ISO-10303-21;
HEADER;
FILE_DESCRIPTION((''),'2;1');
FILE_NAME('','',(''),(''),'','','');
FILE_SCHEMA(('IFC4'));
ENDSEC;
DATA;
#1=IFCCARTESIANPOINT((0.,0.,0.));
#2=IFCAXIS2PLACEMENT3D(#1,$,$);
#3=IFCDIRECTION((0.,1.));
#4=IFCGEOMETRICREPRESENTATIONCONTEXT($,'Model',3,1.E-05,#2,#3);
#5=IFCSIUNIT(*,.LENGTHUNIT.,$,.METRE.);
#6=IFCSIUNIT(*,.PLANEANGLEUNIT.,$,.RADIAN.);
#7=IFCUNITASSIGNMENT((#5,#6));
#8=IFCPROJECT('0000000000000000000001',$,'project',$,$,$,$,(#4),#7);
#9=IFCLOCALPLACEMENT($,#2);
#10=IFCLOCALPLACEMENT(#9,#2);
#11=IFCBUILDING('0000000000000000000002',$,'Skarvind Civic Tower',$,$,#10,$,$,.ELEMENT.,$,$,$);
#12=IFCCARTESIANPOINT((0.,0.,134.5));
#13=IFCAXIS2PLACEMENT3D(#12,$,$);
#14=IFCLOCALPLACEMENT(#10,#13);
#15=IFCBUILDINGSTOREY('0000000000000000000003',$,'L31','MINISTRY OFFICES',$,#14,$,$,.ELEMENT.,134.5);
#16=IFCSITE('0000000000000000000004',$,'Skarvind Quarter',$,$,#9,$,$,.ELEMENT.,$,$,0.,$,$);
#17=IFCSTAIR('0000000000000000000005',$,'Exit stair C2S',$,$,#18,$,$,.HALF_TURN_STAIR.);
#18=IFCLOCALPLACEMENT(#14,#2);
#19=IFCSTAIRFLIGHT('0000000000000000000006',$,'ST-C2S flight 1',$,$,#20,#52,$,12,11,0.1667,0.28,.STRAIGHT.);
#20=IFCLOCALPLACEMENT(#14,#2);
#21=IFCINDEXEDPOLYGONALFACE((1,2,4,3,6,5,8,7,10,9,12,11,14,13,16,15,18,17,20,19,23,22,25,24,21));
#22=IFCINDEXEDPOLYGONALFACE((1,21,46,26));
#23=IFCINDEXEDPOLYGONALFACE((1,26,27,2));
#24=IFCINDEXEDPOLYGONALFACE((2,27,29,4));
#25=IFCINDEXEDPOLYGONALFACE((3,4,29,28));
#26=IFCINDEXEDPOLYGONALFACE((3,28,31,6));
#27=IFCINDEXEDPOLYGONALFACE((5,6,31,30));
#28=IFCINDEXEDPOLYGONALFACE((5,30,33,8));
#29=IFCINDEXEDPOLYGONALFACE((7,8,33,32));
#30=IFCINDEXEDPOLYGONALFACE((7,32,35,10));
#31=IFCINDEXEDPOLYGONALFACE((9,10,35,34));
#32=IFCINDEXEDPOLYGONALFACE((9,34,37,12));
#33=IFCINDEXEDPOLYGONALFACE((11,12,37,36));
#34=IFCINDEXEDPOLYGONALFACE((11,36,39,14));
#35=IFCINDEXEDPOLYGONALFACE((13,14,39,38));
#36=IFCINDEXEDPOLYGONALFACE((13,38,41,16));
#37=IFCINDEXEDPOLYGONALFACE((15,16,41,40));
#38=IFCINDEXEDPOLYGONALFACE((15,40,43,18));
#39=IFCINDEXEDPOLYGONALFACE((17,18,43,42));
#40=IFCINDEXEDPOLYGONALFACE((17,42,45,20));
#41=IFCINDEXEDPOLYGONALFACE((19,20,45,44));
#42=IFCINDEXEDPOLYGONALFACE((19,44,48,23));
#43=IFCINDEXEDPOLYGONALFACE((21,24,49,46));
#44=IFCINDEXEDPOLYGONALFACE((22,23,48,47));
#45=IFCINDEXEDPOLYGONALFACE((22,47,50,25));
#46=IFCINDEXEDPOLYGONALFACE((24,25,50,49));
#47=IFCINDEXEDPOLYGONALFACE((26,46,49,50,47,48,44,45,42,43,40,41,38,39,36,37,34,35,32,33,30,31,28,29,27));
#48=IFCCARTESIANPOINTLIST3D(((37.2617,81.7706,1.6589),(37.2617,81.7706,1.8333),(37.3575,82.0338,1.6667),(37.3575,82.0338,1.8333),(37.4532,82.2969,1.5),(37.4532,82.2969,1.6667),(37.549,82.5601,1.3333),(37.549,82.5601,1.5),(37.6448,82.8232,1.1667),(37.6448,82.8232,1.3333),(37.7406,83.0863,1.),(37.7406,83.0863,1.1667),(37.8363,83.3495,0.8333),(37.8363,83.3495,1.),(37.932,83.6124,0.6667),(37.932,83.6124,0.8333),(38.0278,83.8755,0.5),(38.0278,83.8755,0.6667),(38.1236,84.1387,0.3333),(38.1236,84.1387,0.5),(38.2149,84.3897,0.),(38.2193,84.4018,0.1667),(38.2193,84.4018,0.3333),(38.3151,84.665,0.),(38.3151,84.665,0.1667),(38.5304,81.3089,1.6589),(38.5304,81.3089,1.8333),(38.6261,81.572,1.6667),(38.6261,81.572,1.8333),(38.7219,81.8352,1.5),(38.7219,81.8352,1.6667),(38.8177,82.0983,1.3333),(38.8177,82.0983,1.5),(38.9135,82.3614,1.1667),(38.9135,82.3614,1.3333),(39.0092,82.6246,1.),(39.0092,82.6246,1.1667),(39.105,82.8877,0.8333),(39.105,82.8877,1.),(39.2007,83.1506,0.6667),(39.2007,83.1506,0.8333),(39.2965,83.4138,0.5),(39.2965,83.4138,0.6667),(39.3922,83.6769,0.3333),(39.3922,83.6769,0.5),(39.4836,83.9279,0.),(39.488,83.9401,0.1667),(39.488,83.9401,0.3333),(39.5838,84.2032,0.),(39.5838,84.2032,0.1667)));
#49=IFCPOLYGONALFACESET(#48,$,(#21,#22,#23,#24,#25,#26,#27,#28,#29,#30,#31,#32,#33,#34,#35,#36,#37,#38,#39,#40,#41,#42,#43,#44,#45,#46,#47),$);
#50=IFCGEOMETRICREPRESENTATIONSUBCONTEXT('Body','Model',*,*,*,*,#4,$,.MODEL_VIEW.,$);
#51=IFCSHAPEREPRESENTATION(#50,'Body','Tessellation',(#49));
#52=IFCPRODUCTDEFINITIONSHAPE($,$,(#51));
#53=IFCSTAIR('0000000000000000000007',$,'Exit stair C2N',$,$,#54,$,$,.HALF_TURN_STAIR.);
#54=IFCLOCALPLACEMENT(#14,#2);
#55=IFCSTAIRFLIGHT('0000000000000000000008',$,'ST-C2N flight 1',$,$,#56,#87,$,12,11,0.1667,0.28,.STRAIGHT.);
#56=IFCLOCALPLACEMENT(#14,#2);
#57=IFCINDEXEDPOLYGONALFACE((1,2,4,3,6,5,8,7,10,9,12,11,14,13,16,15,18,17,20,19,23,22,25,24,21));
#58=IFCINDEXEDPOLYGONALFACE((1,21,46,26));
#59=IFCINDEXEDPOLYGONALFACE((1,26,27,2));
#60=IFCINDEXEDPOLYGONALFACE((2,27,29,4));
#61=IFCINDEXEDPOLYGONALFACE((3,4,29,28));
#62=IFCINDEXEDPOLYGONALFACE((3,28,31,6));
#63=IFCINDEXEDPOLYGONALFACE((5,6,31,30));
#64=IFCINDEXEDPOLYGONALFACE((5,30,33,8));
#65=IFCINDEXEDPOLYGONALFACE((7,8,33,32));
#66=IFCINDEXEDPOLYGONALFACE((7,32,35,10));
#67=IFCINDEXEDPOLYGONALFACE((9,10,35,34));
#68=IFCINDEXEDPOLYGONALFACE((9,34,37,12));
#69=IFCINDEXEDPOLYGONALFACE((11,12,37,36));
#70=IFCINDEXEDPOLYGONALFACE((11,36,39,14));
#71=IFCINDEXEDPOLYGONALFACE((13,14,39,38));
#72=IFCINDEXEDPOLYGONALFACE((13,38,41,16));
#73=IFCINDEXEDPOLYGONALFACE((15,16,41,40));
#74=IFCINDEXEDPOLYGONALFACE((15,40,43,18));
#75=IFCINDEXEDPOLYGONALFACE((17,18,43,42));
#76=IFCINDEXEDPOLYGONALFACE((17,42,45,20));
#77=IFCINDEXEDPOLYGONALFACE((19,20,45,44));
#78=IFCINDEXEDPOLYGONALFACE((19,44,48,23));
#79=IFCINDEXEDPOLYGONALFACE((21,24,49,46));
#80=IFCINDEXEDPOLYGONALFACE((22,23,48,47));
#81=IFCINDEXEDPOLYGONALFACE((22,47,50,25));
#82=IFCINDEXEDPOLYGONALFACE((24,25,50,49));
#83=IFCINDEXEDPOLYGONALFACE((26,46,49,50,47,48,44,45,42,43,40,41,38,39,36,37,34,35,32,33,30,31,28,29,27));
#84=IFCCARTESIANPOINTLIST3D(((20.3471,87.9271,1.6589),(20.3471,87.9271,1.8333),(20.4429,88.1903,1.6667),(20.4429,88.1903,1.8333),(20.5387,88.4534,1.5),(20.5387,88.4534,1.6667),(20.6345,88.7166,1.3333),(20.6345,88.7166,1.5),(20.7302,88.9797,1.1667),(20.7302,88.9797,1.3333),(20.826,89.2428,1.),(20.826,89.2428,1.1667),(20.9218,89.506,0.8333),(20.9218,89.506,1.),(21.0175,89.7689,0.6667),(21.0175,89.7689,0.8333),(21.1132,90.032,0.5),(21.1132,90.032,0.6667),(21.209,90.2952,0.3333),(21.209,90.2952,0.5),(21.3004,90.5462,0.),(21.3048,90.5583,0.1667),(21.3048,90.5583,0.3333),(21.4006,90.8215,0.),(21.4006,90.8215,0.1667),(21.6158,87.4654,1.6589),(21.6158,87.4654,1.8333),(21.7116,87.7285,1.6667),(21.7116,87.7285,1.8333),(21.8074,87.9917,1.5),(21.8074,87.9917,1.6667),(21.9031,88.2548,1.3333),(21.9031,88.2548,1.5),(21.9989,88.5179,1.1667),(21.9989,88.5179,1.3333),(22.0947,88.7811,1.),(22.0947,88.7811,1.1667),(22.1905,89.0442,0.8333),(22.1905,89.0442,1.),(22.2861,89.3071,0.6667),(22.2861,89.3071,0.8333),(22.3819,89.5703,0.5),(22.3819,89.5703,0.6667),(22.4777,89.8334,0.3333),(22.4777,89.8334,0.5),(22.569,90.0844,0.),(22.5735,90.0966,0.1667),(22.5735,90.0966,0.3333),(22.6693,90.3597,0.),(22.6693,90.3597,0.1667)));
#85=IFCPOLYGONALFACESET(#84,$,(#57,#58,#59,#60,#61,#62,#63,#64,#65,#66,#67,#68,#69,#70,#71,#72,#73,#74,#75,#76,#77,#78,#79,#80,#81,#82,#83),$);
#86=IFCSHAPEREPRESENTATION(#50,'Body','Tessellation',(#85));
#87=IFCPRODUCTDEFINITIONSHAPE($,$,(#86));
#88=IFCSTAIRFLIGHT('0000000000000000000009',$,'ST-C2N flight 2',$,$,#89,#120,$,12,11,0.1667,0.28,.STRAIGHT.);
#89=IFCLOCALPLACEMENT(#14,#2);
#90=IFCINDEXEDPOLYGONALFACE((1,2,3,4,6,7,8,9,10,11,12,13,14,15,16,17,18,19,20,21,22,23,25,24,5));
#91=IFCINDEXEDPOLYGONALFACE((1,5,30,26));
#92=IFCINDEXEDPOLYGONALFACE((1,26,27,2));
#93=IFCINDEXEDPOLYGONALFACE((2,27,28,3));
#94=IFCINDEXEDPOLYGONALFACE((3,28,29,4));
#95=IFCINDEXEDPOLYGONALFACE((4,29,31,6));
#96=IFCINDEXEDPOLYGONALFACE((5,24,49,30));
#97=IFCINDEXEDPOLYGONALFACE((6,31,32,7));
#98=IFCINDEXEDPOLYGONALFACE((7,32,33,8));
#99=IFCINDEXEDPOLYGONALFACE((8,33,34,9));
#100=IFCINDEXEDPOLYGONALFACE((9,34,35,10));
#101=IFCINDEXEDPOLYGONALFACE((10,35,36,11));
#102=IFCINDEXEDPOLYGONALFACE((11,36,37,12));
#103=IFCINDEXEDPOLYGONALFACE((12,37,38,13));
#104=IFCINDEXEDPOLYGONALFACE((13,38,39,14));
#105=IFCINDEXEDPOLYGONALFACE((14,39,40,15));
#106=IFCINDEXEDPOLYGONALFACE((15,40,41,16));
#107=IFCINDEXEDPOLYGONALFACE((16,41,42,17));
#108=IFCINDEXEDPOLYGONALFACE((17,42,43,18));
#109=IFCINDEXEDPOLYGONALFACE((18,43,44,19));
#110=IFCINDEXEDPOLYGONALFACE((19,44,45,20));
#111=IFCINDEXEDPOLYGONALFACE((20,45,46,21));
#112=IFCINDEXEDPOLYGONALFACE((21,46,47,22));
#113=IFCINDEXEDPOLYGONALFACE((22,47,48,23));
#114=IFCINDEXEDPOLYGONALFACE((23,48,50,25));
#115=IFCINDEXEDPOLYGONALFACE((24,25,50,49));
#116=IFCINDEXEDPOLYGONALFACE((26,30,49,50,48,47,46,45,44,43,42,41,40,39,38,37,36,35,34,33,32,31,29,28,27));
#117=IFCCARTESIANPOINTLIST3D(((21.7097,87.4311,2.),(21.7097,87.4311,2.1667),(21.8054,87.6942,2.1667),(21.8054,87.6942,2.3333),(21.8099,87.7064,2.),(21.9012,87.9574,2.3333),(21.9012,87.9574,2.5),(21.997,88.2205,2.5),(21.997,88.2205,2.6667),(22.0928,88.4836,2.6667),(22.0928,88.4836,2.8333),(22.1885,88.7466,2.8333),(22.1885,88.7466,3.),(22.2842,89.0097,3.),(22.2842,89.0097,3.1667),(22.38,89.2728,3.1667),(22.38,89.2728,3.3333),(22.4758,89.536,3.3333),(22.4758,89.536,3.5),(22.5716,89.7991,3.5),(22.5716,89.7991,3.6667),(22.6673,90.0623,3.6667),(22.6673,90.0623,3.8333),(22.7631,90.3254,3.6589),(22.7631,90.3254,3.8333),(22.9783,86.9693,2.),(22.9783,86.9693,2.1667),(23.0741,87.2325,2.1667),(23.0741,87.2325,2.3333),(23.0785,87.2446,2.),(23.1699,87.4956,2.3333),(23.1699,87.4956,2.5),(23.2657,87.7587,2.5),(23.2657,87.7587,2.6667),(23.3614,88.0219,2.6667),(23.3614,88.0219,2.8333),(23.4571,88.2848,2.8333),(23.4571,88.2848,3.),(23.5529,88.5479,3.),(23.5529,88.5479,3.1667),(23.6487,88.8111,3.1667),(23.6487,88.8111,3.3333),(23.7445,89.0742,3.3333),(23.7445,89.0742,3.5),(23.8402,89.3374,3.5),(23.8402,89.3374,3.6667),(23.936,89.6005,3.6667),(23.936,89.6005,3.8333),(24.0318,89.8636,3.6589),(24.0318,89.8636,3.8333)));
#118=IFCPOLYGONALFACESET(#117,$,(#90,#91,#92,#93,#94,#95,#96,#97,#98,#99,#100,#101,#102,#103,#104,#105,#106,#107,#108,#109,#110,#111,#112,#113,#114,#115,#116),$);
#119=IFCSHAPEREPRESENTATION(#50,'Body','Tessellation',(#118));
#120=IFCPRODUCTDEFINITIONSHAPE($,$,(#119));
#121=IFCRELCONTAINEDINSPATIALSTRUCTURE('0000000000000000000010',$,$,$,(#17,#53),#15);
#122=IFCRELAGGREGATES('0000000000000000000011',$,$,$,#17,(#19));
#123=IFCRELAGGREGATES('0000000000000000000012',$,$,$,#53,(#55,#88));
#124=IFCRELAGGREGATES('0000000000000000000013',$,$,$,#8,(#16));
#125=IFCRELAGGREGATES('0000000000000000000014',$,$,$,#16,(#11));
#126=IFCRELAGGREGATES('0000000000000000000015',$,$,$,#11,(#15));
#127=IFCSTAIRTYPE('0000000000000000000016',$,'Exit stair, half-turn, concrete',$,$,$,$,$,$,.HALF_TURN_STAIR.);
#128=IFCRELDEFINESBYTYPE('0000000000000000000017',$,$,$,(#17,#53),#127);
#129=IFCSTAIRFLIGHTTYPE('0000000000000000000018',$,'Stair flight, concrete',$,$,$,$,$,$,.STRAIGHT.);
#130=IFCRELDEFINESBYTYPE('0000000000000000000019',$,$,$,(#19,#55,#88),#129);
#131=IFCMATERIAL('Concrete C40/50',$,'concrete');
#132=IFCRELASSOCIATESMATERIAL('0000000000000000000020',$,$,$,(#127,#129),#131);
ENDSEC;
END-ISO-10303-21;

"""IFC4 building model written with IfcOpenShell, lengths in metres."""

from ifc_helpers import new_model, si_unit, direction, frame, origin, place, context, subcontext, project, spatial, polyline, outline, extrude, material, type_object, element, aggregate, save


model = new_model("IFC4")

# Units and contexts
model_context = context("Model", 3, precision=1e-05, world=origin(), true_north=direction((0.0, 1.0)))
body_context = subcontext(model_context, "Body", "Model", "MODEL_VIEW")
ifc_project = project(units=[si_unit("LENGTHUNIT", "METRE"), si_unit("PLANEANGLEUNIT", "RADIAN")], contexts=[model_context])

# Site, building, storey
site_placement = place(None, origin())
site = spatial("IfcSite", under=ifc_project, at=site_placement, Name="Skarvind Quarter", CompositionType="ELEMENT", RefElevation=0.0)
building_placement = place(site_placement, origin())
building = spatial("IfcBuilding", under=site, at=building_placement, Name="Skarvind Civic Tower", CompositionType="ELEMENT")
storey_placement = place(building_placement, frame((0.0, 0.0, 134.5)))
storey = spatial("IfcBuildingStorey", under=building, at=storey_placement, Name="L31", Description="MINISTRY OFFICES", CompositionType="ELEMENT", Elevation=134.5)

# Stair, stair flight
ifc_material_1 = material(Name="Concrete C40/50", Category="concrete")
stair_type = type_object("IfcStairType", Name="Exit stair, half-turn, concrete", PredefinedType="HALF_TURN_STAIR", material=ifc_material_1)
stair_1_placement = place(storey_placement, origin())
stair_1 = element("IfcStair", 1, at=stair_1_placement, inside=storey, type_object=stair_type, Name="Exit stair C2S", PredefinedType="HALF_TURN_STAIR")
stair_flight_type = type_object("IfcStairFlightType", Name="Stair flight, concrete", PredefinedType="STRAIGHT", material=ifc_material_1)
stair_flight_1_placement = place(storey_placement, frame((38.9495, 84.4341, 0.0), z_axis=(0.0, 0.0, 1.0), x_axis=(-0.34202, -0.939693, 0.0)))
stair_flight_1 = element("IfcStairFlight", 2, at=stair_flight_1_placement, type_object=stair_flight_type, Name="ST-C2S flight 1", NumberOfRisers=12, NumberOfTreads=11, PredefinedType="STRAIGHT", RiserHeight=0.1667, TreadLength=0.28, context=body_context, shape_type="SweptSolid", body=[
    extrude(outline(polyline([(0.0, 0.0), (0.0, 0.1667), (0.28, 0.1667), (0.28, 0.3333), (0.5601, 0.3333), (0.5601, 0.5), (0.8401, 0.5), (0.8401, 0.6667), (1.1201, 0.6667), (1.1201, 0.8333), (1.3999, 0.8333), (1.3999, 1.0), (1.6799, 1.0), (1.6799, 1.1667), (1.96, 1.1667), (1.96, 1.3333), (2.24, 1.3333), (2.24, 1.5), (2.52, 1.5), (2.52, 1.6667), (2.8, 1.6667), (2.8, 1.8333), (3.0801, 1.8333), (3.0801, 2.0), (3.0801, 1.6589), (0.293, 0.0), (0.0, 0.0)])), frame((0.0, 0.675, 0.0), z_axis=(0.0, -1.0, 0.0), x_axis=(1.0, 0.0, 0.0)), (0.0, 0.0, 1.0), 1.3501),
])
aggregate(stair_1, [stair_flight_1])

# Stair, stair flights
stair_2_placement = place(storey_placement, origin())
stair_2 = element("IfcStair", 3, at=stair_2_placement, inside=storey, type_object=stair_type, Name="Exit stair C2N", PredefinedType="HALF_TURN_STAIR")
stair_flight_2_placement = place(storey_placement, frame((22.0349, 90.5906, 0.0), z_axis=(0.0, 0.0, 1.0), x_axis=(-0.34202, -0.939693, 0.0)))
stair_flight_2 = element("IfcStairFlight", 4, at=stair_flight_2_placement, type_object=stair_flight_type, Name="ST-C2N flight 1", NumberOfRisers=12, NumberOfTreads=11, PredefinedType="STRAIGHT", RiserHeight=0.1667, TreadLength=0.28, context=body_context, shape_type="SweptSolid", body=[
    extrude(outline(polyline([(0.0, 0.0), (0.0, 0.1667), (0.28, 0.1667), (0.28, 0.3333), (0.5601, 0.3333), (0.5601, 0.5), (0.8401, 0.5), (0.8401, 0.6667), (1.1201, 0.6667), (1.1201, 0.8333), (1.3999, 0.8333), (1.3999, 1.0), (1.6799, 1.0), (1.6799, 1.1667), (1.96, 1.1667), (1.96, 1.3333), (2.24, 1.3333), (2.24, 1.5), (2.52, 1.5), (2.52, 1.6667), (2.8, 1.6667), (2.8, 1.8333), (3.0801, 1.8333), (3.0801, 2.0), (3.0801, 1.6589), (0.293, 0.0), (0.0, 0.0)])), frame((0.0, 0.675, 0.0), z_axis=(0.0, -1.0, 0.0), x_axis=(1.0, 0.0, 0.0)), (0.0, 0.0, 1.0), 1.3501),
])
stair_flight_3_placement = place(storey_placement, frame((22.344, 87.2002, 2.0), z_axis=(0.0, 0.0, 1.0), x_axis=(0.34202, 0.939693, 0.0)))
stair_flight_3 = element("IfcStairFlight", 5, at=stair_flight_3_placement, type_object=stair_flight_type, Name="ST-C2N flight 2", NumberOfRisers=12, NumberOfTreads=11, PredefinedType="STRAIGHT", RiserHeight=0.1667, TreadLength=0.28, context=body_context, shape_type="SweptSolid", body=[
    extrude(outline(polyline([(0.0, 0.0), (0.0, 0.1667), (0.28, 0.1667), (0.28, 0.3333), (0.5601, 0.3333), (0.5601, 0.5), (0.8401, 0.5), (0.8401, 0.6667), (1.1201, 0.6667), (1.1201, 0.8333), (1.3999, 0.8333), (1.3999, 1.0), (1.6799, 1.0), (1.6799, 1.1667), (1.96, 1.1667), (1.96, 1.3333), (2.24, 1.3333), (2.24, 1.5), (2.52, 1.5), (2.52, 1.6667), (2.8, 1.6667), (2.8, 1.8333), (3.0801, 1.8333), (3.0801, 2.0), (3.0801, 1.6589), (0.293, 0.0), (0.0, 0.0)])), frame((0.0, 0.675, 0.0), z_axis=(0.0, -1.0, 0.0), x_axis=(1.0, 0.0, 0.0)), (0.0, 0.0, 1.0), 1.3501),
])
aggregate(stair_2, [stair_flight_2, stair_flight_3])

save(model, "model.ifc")
